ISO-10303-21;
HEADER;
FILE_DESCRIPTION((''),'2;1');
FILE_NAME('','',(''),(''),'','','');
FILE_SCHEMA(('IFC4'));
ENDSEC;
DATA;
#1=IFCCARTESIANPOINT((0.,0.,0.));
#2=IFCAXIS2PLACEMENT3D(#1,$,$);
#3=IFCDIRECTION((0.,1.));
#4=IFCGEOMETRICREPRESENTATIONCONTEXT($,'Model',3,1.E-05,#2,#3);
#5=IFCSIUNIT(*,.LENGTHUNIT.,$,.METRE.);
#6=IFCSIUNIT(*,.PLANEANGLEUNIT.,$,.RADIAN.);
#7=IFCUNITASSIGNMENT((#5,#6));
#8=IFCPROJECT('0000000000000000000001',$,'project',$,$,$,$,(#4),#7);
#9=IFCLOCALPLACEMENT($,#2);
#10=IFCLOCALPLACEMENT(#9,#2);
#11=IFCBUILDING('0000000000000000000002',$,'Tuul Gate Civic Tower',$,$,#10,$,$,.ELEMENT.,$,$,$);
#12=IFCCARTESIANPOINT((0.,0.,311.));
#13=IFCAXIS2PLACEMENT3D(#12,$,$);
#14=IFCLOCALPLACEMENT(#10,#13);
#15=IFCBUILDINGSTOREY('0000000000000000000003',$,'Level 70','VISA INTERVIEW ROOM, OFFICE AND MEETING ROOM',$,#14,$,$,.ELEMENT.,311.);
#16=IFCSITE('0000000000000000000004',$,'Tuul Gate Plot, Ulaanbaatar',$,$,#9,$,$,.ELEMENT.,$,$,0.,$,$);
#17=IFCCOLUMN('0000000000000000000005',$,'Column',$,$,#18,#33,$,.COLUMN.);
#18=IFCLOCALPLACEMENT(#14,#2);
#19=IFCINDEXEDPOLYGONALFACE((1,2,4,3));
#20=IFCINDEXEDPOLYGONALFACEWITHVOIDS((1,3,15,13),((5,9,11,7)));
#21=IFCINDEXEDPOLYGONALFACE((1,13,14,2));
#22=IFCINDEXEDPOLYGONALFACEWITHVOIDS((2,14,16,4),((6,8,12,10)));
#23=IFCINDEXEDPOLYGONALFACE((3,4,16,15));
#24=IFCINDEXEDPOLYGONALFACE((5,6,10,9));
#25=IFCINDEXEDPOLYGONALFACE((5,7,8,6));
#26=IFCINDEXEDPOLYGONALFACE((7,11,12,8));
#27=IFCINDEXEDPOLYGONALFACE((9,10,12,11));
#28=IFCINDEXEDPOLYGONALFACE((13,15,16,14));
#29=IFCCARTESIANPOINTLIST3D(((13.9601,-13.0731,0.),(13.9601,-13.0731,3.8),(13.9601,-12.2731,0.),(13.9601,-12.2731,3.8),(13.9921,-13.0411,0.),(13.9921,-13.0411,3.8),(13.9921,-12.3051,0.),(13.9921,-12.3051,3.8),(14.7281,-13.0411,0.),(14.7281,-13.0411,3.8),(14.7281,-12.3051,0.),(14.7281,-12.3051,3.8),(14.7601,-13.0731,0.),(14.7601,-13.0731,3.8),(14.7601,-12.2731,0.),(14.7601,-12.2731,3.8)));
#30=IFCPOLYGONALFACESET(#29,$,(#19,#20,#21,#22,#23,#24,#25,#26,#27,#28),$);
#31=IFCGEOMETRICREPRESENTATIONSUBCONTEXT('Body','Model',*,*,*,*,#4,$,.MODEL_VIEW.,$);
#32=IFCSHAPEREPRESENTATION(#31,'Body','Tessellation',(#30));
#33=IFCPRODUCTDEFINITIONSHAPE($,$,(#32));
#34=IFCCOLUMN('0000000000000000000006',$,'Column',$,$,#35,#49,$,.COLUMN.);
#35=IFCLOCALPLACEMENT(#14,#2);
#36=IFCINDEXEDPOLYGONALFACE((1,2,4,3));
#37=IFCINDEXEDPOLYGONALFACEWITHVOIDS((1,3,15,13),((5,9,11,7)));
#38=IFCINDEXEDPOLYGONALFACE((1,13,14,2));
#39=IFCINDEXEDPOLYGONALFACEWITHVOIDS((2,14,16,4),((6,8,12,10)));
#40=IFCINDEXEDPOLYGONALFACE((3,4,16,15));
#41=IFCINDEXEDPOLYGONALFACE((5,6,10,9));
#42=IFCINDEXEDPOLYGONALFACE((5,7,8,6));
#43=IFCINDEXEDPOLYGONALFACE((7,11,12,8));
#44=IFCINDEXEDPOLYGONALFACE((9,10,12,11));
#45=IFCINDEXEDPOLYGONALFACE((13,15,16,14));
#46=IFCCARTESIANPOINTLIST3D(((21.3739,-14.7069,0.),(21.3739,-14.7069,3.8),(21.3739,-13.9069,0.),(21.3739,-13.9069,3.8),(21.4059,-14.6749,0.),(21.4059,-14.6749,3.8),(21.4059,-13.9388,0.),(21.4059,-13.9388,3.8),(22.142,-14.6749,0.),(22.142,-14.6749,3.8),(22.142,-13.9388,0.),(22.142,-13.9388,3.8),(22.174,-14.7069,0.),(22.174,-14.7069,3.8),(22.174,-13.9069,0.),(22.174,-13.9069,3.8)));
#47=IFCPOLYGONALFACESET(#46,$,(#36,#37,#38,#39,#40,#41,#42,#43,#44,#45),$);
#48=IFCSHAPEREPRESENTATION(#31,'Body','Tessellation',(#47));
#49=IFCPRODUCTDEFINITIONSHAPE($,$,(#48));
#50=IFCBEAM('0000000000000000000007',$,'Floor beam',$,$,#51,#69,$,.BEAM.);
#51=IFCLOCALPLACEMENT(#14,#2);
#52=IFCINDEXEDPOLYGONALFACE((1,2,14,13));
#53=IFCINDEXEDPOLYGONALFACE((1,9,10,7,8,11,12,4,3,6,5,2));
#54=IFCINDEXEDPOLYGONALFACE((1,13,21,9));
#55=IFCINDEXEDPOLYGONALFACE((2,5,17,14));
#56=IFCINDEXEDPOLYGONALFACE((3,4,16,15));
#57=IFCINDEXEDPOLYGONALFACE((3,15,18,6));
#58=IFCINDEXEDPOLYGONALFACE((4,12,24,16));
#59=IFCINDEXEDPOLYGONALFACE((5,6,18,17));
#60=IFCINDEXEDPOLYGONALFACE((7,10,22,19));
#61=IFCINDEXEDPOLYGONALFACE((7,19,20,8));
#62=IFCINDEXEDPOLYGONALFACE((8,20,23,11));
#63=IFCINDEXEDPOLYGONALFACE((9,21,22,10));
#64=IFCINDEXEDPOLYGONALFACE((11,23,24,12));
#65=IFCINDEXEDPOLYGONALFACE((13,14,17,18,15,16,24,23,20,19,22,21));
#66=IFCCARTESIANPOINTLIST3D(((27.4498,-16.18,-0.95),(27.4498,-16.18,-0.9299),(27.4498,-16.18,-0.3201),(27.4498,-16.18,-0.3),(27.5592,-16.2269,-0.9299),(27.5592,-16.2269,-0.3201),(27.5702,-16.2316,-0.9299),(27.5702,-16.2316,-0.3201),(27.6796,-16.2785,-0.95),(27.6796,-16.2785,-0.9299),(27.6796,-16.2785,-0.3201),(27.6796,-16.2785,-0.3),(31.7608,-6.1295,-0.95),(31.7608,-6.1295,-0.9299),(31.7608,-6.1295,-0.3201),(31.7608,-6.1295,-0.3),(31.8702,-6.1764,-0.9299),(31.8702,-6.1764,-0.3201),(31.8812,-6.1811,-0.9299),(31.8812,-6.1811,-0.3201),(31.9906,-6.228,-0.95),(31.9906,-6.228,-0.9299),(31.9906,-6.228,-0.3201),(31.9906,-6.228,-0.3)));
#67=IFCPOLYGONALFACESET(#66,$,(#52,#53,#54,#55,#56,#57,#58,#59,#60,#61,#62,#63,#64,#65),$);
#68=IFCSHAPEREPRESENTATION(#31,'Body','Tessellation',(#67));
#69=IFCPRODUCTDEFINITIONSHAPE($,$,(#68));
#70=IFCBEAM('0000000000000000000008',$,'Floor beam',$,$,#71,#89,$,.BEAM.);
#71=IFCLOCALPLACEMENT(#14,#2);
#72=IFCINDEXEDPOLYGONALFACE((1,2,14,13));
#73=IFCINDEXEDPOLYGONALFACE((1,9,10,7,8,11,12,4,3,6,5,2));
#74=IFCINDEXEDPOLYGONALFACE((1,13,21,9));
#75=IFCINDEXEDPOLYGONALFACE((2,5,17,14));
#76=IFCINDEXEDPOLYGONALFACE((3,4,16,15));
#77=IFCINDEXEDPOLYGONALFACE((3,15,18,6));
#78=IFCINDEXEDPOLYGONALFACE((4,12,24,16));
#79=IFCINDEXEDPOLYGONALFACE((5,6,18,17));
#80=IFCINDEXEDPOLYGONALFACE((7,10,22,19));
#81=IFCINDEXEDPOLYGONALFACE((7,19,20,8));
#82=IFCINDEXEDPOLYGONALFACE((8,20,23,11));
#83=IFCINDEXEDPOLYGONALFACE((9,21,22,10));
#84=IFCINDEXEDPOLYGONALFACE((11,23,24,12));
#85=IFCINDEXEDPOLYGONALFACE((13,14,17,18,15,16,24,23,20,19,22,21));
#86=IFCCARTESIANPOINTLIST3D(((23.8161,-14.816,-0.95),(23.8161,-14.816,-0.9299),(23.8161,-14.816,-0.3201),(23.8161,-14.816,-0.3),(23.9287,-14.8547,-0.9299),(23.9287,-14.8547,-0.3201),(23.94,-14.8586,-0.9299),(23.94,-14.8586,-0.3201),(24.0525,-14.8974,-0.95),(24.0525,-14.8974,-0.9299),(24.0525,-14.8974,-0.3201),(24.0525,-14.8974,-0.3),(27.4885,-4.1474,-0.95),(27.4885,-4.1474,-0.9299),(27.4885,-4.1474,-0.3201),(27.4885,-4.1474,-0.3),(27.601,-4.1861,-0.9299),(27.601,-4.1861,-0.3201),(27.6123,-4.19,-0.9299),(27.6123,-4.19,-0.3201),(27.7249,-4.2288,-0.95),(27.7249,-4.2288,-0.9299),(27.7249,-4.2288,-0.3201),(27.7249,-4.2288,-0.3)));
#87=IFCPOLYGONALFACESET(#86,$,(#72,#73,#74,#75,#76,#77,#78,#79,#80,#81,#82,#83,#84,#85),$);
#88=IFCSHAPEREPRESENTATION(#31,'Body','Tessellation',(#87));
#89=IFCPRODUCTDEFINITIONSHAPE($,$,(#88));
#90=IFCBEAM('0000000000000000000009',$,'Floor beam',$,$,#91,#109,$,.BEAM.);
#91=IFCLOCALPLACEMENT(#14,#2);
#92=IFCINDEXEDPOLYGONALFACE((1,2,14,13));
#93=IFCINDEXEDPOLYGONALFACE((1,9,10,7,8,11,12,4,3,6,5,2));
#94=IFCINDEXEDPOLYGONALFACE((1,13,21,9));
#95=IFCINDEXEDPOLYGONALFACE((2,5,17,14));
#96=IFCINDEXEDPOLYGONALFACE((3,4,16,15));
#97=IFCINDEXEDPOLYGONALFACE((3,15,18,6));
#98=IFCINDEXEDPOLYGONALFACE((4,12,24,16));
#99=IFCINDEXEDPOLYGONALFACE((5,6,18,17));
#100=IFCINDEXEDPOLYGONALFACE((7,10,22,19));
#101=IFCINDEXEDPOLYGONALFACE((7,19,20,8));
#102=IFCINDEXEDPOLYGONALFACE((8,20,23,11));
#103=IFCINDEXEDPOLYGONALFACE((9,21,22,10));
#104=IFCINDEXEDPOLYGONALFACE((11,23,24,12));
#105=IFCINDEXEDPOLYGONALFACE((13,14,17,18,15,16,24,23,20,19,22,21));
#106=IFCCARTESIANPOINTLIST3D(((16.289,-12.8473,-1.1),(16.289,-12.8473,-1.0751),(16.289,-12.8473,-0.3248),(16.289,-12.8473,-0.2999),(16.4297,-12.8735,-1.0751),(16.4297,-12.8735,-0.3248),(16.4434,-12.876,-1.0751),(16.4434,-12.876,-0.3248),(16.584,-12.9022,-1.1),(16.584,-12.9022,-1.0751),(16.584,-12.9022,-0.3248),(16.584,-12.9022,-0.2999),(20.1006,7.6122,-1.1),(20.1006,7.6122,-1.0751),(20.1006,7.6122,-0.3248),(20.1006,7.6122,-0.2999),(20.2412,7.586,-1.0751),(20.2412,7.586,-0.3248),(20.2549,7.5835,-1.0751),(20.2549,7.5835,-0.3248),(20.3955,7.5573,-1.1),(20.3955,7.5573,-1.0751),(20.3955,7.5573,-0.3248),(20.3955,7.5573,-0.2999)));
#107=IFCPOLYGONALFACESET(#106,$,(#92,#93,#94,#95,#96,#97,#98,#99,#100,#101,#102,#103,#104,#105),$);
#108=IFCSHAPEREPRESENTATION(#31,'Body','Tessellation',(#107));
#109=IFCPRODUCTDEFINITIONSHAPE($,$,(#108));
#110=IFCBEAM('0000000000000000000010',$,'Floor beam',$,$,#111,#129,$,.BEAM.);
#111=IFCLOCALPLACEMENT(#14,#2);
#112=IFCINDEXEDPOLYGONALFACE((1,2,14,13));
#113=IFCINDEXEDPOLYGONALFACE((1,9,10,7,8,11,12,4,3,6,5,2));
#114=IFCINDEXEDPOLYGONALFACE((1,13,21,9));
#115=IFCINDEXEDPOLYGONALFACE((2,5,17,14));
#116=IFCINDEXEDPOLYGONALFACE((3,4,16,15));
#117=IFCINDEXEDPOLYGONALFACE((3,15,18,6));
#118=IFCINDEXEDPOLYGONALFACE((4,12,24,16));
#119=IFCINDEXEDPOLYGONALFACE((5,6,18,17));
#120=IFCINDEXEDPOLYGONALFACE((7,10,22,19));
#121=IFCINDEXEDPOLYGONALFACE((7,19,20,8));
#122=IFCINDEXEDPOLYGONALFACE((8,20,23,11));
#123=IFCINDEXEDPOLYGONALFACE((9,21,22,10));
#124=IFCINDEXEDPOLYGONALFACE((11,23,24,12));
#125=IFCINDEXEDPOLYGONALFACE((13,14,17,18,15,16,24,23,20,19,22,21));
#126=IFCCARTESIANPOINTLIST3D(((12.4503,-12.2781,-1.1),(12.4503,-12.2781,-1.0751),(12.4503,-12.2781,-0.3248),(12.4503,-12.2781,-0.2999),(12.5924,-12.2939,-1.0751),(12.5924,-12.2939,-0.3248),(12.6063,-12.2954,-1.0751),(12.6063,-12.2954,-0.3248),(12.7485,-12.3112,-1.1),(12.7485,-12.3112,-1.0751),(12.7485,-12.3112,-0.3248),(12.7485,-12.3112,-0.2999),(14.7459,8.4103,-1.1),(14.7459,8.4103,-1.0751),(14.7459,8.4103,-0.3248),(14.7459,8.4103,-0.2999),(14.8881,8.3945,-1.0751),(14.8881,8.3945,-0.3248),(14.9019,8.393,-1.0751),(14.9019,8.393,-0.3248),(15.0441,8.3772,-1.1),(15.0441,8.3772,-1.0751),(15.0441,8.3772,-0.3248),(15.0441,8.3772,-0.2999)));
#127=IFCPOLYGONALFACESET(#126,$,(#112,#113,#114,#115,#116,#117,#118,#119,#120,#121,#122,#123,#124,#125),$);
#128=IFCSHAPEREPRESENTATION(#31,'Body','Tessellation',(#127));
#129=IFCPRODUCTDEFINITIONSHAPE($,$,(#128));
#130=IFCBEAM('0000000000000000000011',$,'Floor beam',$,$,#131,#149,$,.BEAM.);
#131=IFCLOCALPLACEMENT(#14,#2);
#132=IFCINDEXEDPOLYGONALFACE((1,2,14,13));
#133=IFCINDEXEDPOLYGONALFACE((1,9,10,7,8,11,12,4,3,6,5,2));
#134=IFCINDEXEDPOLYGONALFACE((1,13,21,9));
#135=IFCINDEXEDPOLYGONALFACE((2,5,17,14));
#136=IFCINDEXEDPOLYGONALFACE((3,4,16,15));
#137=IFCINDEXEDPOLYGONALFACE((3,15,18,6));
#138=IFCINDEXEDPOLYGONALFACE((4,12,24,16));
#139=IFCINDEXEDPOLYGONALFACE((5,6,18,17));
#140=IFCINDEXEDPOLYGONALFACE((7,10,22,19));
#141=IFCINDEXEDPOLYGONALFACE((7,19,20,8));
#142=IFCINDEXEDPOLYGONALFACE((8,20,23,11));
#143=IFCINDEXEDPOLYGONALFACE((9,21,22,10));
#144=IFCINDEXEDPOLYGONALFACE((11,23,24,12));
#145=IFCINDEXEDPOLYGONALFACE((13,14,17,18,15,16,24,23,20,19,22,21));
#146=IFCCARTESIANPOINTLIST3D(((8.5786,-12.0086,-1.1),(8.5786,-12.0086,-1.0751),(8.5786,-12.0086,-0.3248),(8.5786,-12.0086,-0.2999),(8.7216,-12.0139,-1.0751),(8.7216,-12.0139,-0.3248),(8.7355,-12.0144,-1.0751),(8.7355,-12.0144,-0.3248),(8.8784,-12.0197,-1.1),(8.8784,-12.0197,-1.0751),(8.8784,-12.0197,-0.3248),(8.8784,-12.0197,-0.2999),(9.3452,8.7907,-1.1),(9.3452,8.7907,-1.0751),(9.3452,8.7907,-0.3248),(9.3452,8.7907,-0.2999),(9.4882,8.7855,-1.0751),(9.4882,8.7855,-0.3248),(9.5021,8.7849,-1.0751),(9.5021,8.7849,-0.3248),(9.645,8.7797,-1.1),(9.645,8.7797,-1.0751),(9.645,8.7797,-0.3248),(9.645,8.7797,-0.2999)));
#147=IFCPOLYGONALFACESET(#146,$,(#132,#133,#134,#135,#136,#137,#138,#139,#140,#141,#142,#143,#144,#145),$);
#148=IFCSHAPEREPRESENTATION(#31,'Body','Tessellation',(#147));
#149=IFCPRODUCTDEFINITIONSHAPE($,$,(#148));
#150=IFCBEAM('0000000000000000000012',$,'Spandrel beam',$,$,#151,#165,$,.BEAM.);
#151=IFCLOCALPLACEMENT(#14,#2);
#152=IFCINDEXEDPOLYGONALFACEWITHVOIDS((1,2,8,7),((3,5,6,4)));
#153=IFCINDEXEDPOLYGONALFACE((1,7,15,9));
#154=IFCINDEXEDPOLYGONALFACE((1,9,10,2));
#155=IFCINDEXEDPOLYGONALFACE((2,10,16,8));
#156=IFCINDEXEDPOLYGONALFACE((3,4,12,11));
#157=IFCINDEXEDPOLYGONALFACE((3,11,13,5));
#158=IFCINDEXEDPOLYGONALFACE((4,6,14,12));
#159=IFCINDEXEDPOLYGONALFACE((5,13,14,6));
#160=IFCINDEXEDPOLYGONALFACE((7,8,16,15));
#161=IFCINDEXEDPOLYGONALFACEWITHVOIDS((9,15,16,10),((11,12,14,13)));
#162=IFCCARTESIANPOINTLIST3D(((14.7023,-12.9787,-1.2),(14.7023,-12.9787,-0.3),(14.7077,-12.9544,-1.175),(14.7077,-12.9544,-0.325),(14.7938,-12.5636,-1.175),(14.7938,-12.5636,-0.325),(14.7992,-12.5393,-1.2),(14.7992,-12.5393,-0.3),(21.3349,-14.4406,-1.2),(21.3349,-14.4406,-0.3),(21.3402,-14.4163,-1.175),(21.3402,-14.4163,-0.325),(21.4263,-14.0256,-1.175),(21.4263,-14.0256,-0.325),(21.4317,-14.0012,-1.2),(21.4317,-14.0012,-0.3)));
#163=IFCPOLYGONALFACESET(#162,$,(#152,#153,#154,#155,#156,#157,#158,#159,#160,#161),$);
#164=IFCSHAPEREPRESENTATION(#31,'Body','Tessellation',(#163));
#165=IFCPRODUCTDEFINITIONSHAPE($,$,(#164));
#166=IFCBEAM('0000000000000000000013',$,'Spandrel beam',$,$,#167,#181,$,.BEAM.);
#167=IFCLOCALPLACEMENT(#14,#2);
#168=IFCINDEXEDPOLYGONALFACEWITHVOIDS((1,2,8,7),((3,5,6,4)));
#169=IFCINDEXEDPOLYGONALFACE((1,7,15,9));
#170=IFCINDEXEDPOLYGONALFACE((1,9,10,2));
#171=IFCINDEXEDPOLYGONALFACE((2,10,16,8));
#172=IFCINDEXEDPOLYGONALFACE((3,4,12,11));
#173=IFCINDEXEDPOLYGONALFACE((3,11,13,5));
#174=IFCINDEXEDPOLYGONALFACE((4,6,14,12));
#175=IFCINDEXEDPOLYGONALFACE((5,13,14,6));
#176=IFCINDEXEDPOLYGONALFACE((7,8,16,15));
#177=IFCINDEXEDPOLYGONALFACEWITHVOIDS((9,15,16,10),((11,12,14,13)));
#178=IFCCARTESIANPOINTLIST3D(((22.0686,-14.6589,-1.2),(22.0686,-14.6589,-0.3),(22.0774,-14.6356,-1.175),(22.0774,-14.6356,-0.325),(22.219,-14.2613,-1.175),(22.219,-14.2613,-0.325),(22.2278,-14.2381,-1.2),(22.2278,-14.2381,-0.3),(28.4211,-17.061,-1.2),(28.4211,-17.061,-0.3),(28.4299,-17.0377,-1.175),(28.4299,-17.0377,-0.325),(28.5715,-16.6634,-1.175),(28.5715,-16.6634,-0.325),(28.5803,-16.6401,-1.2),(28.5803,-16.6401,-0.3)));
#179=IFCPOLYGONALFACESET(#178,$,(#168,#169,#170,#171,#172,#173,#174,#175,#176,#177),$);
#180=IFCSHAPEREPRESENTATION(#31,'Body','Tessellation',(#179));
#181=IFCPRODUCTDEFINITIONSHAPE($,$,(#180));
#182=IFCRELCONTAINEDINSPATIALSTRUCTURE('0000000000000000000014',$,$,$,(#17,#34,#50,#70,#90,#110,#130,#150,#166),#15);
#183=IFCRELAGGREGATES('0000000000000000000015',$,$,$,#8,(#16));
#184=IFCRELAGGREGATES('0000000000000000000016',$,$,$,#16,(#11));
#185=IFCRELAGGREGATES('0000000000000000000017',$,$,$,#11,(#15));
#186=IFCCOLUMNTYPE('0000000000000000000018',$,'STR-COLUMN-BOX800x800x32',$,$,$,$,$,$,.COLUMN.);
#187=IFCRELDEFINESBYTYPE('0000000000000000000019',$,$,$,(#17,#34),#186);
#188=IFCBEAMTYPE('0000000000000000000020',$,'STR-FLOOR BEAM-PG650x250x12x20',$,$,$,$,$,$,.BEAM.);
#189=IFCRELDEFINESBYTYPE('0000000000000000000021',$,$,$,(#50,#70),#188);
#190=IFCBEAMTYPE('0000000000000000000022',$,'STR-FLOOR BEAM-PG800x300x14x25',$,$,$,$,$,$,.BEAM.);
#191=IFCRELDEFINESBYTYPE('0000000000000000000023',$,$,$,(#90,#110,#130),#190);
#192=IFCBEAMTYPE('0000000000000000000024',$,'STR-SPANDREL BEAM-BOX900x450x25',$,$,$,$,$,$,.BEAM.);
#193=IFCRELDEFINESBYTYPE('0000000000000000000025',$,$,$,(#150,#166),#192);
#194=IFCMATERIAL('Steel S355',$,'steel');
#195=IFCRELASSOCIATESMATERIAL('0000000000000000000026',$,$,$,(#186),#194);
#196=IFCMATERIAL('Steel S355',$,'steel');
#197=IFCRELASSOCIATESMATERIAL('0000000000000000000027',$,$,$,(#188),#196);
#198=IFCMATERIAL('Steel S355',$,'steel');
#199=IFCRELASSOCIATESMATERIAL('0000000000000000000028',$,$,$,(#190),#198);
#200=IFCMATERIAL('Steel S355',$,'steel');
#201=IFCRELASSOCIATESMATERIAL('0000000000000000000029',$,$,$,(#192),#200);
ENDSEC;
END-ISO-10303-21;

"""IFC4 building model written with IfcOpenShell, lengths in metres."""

from ifc_helpers import new_model, si_unit, direction, frame, origin, origin_2d, place, context, subcontext, project, spatial, hollow_rectangle, i_section, extrude, material, material_profile, profile_set, type_object, element, save


model = new_model("IFC4")

# Units and contexts
model_context = context("Model", 3, precision=1e-05, world=origin(), true_north=direction((0.0, 1.0)))
body_context = subcontext(model_context, "Body", "Model", "MODEL_VIEW")
ifc_project = project(units=[si_unit("LENGTHUNIT", "METRE"), si_unit("PLANEANGLEUNIT", "RADIAN")], contexts=[model_context])

# Site, building, storey
site_placement = place(None, origin())
site = spatial("IfcSite", under=ifc_project, at=site_placement, Name="Tuul Gate Plot, Ulaanbaatar", CompositionType="ELEMENT", RefElevation=0.0)
building_placement = place(site_placement, origin())
building = spatial("IfcBuilding", under=site, at=building_placement, Name="Tuul Gate Civic Tower", CompositionType="ELEMENT")
storey_placement = place(building_placement, frame((0.0, 0.0, 311.0)))
storey = spatial("IfcBuildingStorey", under=building, at=storey_placement, Name="Level 70", Description="VISA INTERVIEW ROOM, OFFICE AND MEETING ROOM", CompositionType="ELEMENT", Elevation=311.0)

# Columns
ifc_material_1 = material(Name="Steel S355", Category="steel")
ifc_material_profile_1 = material_profile(ifc_material_1, hollow_rectangle(XDim=0.8, YDim=0.8, WallThickness=0.032, at=origin_2d()), Name="BOX800x800x32")
ifc_profile_set_1 = profile_set([ifc_material_profile_1], Name="Steel S355")
column_type = type_object("IfcColumnType", Name="STR-COLUMN-BOX800x800x32", PredefinedType="COLUMN", material=ifc_profile_set_1)
for number, where, z_axis, x_axis, name in (
    (1, (14.3601, -12.6731, 0.0), (0.0, 0.0, 1.0), (1.0, 0.0, 0.0), "Column"),
    (2, (21.7739, -14.3069, 0.0), (0.0, 0.0, 1.0), (1.0, 0.0, 0.0), "Column"),
):
    element("IfcColumn", number, at=place(storey_placement, frame(where, z_axis=z_axis, x_axis=x_axis)), inside=storey, type_object=column_type, Name=name, PredefinedType="COLUMN", context=body_context, shape_type="SweptSolid", body=[
        extrude(hollow_rectangle(XDim=0.8, YDim=0.8, WallThickness=0.032, at=origin_2d()), origin(), (0.0, 0.0, 1.0), 3.8),
    ])

# Beams
ifc_material_2 = material(Name="Steel S355", Category="steel")
ifc_material_profile_2 = material_profile(ifc_material_2, i_section(OverallWidth=0.25, OverallDepth=0.6499, WebThickness=0.012, FlangeThickness=0.02, at=origin_2d()), Name="PG650x250x12x20")
ifc_profile_set_2 = profile_set([ifc_material_profile_2], Name="Steel S355")
beam_type_1 = type_object("IfcBeamType", Name="STR-FLOOR BEAM-PG650x250x12x20", PredefinedType="BEAM", material=ifc_profile_set_2)
beam_1_placement = place(storey_placement, frame((27.5647, -16.2292, -0.625), z_axis=(0.394202, 0.919024, 0.0), x_axis=(-0.919024, 0.394202, 0.0)))
element("IfcBeam", 3, at=beam_1_placement, inside=storey, type_object=beam_type_1, Name="Floor beam", PredefinedType="BEAM", context=body_context, shape_type="SweptSolid", body=[
    extrude(i_section(OverallWidth=0.25, OverallDepth=0.6499, WebThickness=0.012, FlangeThickness=0.02, at=origin_2d()), origin(), (0.0, 0.0, 1.0), 10.936),
])
beam_2_placement = place(storey_placement, frame((23.9343, -14.8567, -0.625), z_axis=(0.325476, 0.94555, 0.0), x_axis=(-0.94555, 0.325476, 0.0)))
element("IfcBeam", 4, at=beam_2_placement, inside=storey, type_object=beam_type_1, Name="Floor beam", PredefinedType="BEAM", context=body_context, shape_type="SweptSolid", body=[
    extrude(i_section(OverallWidth=0.25, OverallDepth=0.6499, WebThickness=0.012, FlangeThickness=0.02, at=origin_2d()), origin(), (0.0, 0.0, 1.0), 11.283),
])
ifc_material_3 = material(Name="Steel S355", Category="steel")
ifc_material_profile_3 = material_profile(ifc_material_3, i_section(OverallWidth=0.3, OverallDepth=0.8, WebThickness=0.0139, FlangeThickness=0.0249, at=origin_2d()), Name="PG800x300x14x25")
ifc_profile_set_3 = profile_set([ifc_material_profile_3], Name="Steel S355")
beam_type_2 = type_object("IfcBeamType", Name="STR-FLOOR BEAM-PG800x300x14x25", PredefinedType="BEAM", material=ifc_profile_set_3)
beam_3_placement = place(storey_placement, frame((16.4365, -12.8748, -0.7), z_axis=(0.183145, 0.983086, 0.0), x_axis=(-0.983086, 0.183145, 0.0)))
element("IfcBeam", 5, at=beam_3_placement, inside=storey, type_object=beam_type_2, Name="Floor beam", PredefinedType="BEAM", context=body_context, shape_type="SweptSolid", body=[
    extrude(i_section(OverallWidth=0.3, OverallDepth=0.8, WebThickness=0.0139, FlangeThickness=0.0249, at=origin_2d()), origin(), (0.0, 0.0, 1.0), 20.8115),
])
beam_4_placement = place(storey_placement, frame((12.5994, -12.2947, -0.7), z_axis=(0.110286, 0.9939, 0.0), x_axis=(-0.9939, 0.110286, 0.0)))
element("IfcBeam", 6, at=beam_4_placement, inside=storey, type_object=beam_type_2, Name="Floor beam", PredefinedType="BEAM", context=body_context, shape_type="SweptSolid", body=[
    extrude(i_section(OverallWidth=0.3, OverallDepth=0.8, WebThickness=0.0139, FlangeThickness=0.0249, at=origin_2d()), origin(), (0.0, 0.0, 1.0), 20.8154),
])
beam_5_placement = place(storey_placement, frame((8.7285, -12.0142, -0.7), z_axis=(0.036832, 0.999321, 0.0), x_axis=(-0.999321, 0.036832, 0.0)))
element("IfcBeam", 7, at=beam_5_placement, inside=storey, type_object=beam_type_2, Name="Floor beam", PredefinedType="BEAM", context=body_context, shape_type="SweptSolid", body=[
    extrude(i_section(OverallWidth=0.3, OverallDepth=0.8, WebThickness=0.0139, FlangeThickness=0.0249, at=origin_2d()), origin(), (0.0, 0.0, 1.0), 20.8135),
])
ifc_material_4 = material(Name="Steel S355", Category="steel")
ifc_material_profile_4 = material_profile(ifc_material_4, hollow_rectangle(XDim=0.45, YDim=0.8999, WallThickness=0.0249, at=origin_2d()), Name="BOX900x450x25")
ifc_profile_set_4 = profile_set([ifc_material_profile_4], Name="Steel S355")
beam_type_3 = type_object("IfcBeamType", Name="STR-SPANDREL BEAM-BOX900x450x25", PredefinedType="BEAM", material=ifc_profile_set_4)
beam_6_placement = place(storey_placement, frame((14.7507, -12.759, -0.75), z_axis=(0.976559, -0.215248, 0.0), x_axis=(0.215248, 0.976559, 0.0)))
element("IfcBeam", 8, at=beam_6_placement, inside=storey, type_object=beam_type_3, Name="Spandrel beam", PredefinedType="BEAM", context=body_context, shape_type="SweptSolid", body=[
    extrude(hollow_rectangle(XDim=0.45, YDim=0.8999, WallThickness=0.0249, at=origin_2d()), origin(), (0.0, 0.0, 1.0), 6.7917),
])
beam_7_placement = place(storey_placement, frame((22.1482, -14.4485, -0.75), z_axis=(0.935362, -0.353691, 0.0), x_axis=(0.353691, 0.935362, 0.0)))
element("IfcBeam", 9, at=beam_7_placement, inside=storey, type_object=beam_type_3, Name="Spandrel beam", PredefinedType="BEAM", context=body_context, shape_type="SweptSolid", body=[
    extrude(hollow_rectangle(XDim=0.45, YDim=0.8999, WallThickness=0.0249, at=origin_2d()), origin(), (0.0, 0.0, 1.0), 6.7915),
])

save(model, "model.ifc")
